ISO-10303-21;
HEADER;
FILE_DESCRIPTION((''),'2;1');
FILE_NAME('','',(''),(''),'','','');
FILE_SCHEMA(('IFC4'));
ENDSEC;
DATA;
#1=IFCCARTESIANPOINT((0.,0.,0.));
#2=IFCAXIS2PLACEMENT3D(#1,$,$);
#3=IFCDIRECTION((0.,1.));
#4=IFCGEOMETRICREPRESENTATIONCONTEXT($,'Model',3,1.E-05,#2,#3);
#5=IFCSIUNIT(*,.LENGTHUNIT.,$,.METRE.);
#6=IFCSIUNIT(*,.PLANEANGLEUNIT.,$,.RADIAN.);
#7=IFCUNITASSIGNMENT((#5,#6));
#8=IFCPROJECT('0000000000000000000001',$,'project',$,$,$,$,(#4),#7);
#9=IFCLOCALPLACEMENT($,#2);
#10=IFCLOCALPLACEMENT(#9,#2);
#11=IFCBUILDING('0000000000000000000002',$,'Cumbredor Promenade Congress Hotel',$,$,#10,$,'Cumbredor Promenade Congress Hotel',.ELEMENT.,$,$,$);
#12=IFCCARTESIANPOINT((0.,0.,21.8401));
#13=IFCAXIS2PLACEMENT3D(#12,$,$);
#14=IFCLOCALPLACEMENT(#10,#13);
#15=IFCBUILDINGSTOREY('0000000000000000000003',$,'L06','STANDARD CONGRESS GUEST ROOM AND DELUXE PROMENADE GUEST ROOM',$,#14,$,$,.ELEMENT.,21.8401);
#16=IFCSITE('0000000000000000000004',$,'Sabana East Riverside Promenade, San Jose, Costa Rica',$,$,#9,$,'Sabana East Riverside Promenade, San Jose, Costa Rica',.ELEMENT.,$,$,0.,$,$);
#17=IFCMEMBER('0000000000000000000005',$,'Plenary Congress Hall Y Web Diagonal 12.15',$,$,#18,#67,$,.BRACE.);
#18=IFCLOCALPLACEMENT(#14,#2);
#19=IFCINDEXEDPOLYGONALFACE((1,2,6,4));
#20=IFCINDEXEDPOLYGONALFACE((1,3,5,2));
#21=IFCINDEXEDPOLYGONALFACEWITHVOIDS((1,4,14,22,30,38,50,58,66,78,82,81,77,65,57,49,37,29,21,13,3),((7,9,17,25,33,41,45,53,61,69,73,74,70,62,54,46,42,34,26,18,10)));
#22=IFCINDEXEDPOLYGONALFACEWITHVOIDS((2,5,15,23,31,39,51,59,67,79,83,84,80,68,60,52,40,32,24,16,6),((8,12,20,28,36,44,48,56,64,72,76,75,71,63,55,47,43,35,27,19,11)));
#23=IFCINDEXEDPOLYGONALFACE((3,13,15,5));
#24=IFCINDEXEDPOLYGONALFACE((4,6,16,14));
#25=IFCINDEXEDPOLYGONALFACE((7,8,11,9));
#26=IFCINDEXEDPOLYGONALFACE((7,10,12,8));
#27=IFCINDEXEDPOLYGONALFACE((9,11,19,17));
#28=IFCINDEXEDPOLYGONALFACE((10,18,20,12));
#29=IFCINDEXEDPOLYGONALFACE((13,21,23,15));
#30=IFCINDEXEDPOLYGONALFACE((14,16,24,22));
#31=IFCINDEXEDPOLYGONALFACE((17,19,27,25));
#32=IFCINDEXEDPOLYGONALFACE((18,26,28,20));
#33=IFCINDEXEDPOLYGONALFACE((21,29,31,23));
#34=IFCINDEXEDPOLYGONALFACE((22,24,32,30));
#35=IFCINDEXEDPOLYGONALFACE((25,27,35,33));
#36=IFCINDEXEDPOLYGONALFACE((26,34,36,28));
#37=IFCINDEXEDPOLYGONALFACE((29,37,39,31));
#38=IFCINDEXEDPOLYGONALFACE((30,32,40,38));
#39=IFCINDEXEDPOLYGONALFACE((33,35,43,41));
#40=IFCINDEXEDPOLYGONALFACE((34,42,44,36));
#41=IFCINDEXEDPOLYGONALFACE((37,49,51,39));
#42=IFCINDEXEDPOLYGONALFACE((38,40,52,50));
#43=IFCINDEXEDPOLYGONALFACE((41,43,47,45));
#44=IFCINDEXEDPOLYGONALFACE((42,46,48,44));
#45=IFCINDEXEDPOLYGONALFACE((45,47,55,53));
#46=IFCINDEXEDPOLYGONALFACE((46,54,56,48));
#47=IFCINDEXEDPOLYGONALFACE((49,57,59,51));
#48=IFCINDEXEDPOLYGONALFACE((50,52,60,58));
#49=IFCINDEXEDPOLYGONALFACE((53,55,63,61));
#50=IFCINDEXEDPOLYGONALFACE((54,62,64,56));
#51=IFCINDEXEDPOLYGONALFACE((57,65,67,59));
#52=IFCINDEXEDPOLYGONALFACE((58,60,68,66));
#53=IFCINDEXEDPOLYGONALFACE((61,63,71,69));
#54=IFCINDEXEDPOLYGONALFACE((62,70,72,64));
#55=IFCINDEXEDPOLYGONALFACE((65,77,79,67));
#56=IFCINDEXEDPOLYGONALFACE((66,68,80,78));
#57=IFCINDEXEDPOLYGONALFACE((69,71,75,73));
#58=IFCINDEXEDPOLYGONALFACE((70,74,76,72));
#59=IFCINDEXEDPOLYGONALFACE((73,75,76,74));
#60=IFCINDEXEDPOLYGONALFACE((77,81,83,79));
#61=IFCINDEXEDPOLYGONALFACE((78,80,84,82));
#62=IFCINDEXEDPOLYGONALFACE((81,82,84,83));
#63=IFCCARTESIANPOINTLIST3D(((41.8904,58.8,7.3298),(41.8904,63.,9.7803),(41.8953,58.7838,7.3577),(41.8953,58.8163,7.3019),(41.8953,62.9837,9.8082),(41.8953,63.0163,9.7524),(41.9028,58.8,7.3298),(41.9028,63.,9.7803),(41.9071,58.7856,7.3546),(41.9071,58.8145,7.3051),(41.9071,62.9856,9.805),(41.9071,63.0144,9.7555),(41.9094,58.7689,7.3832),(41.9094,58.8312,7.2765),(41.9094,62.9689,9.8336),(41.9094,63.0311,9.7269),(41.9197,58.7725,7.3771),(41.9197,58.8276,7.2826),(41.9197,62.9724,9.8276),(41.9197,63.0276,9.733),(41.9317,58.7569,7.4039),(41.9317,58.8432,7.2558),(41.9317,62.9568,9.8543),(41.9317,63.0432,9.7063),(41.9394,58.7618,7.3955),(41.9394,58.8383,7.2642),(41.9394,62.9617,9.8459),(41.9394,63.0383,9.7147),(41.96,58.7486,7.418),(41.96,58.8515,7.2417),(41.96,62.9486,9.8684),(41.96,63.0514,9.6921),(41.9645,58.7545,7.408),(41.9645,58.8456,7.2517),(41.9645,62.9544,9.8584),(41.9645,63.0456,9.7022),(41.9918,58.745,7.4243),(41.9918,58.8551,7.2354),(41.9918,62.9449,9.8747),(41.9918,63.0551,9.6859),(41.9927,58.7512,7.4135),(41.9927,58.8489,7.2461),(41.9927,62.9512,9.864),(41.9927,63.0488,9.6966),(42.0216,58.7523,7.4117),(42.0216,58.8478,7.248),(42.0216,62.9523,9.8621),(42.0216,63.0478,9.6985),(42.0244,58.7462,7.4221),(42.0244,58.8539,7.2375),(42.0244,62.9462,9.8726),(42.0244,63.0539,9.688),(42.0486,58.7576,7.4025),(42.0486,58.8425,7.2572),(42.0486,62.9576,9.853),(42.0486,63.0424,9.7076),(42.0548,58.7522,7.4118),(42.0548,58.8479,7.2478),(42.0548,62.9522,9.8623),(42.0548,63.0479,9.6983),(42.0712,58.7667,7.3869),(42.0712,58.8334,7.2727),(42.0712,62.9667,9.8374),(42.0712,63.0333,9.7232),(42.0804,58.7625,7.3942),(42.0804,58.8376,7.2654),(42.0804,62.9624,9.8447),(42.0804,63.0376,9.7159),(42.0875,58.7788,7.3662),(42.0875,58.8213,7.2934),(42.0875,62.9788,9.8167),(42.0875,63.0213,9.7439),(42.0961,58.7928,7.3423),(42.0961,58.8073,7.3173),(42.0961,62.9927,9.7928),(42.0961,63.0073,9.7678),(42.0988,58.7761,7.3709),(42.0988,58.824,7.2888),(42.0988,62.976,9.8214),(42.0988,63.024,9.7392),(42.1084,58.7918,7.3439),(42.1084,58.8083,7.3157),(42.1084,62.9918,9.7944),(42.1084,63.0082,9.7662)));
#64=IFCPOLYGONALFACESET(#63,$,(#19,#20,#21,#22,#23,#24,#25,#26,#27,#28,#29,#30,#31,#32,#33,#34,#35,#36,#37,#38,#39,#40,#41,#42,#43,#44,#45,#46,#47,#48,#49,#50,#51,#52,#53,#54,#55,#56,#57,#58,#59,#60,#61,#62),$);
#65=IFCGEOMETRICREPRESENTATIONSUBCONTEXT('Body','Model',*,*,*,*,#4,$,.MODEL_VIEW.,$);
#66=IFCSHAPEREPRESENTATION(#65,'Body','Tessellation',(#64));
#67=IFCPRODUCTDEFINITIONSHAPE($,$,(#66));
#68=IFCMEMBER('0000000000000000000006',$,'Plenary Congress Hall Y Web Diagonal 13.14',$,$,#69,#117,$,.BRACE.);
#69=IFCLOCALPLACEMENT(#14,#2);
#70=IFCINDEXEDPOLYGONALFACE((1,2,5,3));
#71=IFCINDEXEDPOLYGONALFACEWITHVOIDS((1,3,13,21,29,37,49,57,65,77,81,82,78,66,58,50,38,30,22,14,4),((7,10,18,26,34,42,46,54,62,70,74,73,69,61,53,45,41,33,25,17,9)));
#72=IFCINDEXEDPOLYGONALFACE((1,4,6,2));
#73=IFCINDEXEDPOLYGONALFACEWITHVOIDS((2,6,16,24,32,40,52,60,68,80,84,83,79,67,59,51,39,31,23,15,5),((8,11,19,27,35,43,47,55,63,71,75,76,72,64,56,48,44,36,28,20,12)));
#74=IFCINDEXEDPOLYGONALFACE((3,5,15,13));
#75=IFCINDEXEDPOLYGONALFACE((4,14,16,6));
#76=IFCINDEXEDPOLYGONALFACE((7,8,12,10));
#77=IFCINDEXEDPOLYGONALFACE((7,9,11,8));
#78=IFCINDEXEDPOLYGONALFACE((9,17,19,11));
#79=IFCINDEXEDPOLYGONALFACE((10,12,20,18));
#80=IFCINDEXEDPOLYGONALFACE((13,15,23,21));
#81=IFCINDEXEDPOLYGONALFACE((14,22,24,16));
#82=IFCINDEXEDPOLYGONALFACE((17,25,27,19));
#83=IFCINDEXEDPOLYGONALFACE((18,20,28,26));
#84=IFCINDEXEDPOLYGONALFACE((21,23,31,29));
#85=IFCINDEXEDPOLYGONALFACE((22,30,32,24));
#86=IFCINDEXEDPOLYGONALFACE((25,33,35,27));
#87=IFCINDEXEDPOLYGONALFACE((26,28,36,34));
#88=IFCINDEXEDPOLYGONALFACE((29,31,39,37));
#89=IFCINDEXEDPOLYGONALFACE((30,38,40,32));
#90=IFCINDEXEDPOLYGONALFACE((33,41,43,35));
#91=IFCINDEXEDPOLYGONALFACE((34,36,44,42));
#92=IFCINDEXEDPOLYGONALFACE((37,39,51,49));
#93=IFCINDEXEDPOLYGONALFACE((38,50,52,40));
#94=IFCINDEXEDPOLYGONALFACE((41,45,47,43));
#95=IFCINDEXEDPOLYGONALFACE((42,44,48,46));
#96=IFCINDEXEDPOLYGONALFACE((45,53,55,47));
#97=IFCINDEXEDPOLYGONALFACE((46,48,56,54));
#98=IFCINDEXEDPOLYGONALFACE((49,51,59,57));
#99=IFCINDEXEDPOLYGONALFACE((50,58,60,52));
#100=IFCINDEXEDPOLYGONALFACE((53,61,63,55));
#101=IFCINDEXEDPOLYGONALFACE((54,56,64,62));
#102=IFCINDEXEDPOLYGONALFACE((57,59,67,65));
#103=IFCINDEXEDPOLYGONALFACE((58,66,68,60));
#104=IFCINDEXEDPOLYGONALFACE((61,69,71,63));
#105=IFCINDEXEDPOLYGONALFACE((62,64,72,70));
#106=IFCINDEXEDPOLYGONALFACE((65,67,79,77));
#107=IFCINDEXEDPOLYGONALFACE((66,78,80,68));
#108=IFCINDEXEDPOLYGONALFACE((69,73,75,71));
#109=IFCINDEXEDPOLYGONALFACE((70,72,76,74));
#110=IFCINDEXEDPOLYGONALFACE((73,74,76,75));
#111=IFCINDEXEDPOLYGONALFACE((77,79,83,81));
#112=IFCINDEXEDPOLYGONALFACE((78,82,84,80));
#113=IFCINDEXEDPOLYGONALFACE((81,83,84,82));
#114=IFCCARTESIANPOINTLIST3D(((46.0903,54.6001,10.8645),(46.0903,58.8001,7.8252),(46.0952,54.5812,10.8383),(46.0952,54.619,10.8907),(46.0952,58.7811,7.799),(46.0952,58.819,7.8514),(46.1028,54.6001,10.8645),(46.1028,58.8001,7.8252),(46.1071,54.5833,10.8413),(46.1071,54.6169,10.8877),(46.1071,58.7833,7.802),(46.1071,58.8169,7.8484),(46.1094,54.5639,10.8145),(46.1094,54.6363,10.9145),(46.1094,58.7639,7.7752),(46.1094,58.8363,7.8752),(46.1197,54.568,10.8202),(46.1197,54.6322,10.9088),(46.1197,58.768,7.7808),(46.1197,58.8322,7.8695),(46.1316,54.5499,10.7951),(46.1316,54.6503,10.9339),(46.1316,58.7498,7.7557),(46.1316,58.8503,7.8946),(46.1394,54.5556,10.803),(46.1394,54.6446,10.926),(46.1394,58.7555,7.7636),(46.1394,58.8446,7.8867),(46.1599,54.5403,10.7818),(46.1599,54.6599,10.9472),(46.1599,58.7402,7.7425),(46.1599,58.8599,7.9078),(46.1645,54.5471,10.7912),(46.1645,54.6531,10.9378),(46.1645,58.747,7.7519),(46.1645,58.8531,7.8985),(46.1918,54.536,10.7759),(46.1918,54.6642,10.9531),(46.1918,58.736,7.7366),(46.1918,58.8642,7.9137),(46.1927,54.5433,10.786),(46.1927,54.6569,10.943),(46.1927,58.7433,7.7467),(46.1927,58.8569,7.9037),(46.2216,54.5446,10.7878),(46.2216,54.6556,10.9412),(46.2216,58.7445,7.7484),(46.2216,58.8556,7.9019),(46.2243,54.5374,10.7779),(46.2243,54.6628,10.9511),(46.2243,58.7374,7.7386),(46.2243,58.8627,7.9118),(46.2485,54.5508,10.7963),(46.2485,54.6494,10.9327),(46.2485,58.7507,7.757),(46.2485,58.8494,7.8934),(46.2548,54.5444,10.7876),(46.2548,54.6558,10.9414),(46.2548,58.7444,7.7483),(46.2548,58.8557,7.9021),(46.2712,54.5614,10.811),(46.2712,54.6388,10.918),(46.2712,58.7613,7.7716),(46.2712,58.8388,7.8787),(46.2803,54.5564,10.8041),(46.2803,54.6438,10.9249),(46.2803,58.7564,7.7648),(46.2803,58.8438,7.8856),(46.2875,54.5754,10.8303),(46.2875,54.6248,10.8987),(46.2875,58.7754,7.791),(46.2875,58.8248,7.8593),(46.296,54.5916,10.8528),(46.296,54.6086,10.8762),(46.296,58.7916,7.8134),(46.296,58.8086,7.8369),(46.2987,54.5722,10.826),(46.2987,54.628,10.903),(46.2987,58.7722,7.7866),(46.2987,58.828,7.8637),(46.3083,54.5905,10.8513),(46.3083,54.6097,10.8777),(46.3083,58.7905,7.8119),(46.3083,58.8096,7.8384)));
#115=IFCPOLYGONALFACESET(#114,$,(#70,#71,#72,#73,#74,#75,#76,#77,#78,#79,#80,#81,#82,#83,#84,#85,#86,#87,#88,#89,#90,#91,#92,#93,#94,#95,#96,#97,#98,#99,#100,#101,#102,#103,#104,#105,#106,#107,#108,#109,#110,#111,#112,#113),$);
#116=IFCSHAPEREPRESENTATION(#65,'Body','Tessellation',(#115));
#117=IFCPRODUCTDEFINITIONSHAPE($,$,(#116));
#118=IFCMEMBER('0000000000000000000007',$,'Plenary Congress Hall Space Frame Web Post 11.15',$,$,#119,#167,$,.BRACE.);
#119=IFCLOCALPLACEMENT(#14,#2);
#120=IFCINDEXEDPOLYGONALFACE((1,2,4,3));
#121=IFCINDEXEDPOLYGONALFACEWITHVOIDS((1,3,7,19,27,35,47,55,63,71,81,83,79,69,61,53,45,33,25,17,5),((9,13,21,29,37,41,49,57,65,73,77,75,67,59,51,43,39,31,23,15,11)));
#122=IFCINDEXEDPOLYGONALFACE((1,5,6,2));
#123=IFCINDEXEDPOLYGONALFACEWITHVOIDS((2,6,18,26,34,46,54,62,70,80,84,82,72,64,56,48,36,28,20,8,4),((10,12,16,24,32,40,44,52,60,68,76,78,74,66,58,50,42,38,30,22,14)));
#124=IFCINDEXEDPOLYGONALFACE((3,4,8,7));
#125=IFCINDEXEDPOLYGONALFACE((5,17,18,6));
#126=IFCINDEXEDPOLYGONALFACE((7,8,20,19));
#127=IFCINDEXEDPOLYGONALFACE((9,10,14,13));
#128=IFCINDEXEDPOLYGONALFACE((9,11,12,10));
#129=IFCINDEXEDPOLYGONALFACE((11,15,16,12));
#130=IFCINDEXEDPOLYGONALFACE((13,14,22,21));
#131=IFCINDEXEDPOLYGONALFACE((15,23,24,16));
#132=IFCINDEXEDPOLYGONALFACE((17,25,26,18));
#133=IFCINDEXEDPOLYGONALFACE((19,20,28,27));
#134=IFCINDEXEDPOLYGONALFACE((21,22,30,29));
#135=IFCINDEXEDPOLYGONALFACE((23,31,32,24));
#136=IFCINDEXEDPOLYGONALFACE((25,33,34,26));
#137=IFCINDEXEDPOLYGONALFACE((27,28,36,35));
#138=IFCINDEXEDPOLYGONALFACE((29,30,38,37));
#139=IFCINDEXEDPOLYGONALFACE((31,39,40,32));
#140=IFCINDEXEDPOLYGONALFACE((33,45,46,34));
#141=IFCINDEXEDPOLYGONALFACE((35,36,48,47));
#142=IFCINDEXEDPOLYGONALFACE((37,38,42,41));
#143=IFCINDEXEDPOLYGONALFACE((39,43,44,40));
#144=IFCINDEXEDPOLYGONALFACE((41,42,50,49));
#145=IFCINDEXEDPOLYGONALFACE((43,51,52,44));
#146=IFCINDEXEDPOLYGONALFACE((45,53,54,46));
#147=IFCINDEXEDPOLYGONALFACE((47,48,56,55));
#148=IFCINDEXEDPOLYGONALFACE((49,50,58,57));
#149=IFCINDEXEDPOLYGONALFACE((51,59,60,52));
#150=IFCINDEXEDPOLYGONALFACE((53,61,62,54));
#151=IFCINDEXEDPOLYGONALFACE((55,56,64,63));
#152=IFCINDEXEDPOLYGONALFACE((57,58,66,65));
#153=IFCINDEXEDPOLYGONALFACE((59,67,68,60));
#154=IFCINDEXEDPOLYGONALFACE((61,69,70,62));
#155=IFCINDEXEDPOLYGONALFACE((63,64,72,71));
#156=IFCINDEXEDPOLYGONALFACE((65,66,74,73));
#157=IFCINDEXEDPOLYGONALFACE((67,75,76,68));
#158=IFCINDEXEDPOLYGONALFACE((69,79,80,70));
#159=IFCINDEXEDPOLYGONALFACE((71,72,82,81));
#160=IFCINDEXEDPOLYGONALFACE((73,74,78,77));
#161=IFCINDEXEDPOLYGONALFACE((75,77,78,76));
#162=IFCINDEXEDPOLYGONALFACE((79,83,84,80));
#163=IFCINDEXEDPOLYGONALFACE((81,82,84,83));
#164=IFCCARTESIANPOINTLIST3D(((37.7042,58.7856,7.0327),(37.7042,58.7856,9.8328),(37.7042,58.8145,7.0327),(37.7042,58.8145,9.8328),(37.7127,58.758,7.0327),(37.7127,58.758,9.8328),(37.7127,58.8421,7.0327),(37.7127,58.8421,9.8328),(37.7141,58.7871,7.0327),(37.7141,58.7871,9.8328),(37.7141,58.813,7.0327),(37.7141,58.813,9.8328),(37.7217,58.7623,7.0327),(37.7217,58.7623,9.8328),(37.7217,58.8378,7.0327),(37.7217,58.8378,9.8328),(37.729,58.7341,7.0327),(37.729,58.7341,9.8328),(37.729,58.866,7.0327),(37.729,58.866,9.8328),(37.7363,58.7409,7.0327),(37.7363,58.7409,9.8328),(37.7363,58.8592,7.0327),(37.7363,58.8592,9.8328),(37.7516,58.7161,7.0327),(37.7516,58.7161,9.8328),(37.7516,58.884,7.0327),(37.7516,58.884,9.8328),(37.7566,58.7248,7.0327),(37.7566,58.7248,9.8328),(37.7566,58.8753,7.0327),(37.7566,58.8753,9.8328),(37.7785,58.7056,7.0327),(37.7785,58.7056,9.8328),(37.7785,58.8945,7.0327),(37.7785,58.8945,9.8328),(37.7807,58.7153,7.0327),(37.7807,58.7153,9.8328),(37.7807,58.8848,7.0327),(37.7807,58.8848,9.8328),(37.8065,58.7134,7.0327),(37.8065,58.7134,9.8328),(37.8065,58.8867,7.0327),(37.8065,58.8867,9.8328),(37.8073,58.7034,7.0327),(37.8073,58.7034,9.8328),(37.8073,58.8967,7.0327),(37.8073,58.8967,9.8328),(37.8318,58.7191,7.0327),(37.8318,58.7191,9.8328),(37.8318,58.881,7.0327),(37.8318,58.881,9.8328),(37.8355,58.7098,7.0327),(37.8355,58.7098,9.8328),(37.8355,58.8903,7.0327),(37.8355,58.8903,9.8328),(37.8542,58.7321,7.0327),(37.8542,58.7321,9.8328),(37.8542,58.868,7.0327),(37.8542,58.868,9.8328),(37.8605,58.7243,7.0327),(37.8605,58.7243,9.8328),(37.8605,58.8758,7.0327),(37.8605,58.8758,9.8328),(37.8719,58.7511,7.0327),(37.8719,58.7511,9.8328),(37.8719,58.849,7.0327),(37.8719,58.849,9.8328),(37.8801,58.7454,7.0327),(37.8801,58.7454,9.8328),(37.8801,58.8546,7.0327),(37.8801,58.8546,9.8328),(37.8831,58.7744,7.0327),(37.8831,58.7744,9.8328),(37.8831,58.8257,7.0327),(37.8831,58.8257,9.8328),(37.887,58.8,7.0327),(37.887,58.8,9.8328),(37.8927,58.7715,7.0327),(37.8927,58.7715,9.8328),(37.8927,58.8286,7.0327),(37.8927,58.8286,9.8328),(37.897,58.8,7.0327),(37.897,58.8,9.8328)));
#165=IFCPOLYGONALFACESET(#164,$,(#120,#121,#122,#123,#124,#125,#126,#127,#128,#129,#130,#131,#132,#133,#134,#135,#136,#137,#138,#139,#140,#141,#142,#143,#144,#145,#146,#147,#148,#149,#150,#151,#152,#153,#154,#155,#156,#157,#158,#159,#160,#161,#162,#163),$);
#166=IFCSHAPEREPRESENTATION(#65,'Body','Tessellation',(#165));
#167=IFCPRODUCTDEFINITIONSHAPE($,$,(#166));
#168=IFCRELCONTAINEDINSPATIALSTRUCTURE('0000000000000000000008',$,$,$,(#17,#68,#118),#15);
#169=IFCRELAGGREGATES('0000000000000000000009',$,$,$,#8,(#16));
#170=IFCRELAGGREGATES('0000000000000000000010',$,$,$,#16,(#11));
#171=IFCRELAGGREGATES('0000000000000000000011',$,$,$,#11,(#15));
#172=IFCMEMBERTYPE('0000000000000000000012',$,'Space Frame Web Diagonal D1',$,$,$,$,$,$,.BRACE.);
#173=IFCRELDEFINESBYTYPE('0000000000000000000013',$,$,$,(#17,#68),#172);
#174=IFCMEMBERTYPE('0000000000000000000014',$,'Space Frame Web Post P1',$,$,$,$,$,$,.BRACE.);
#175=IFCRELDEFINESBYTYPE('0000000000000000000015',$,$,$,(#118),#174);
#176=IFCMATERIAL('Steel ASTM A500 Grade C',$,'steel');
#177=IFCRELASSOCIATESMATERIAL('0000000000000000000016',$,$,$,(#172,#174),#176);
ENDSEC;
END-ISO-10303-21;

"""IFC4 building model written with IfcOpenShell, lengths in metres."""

from ifc_helpers import new_model, si_unit, direction, frame, origin, origin_2d, place, context, subcontext, project, spatial, hollow_circle, extrude, material, material_profile, profile_set, type_object, element, save


model = new_model("IFC4")

# Units and contexts
model_context = context("Model", 3, precision=1e-05, world=origin(), true_north=direction((0.0, 1.0)))
body_context = subcontext(model_context, "Body", "Model", "MODEL_VIEW")
ifc_project = project(units=[si_unit("LENGTHUNIT", "METRE"), si_unit("PLANEANGLEUNIT", "RADIAN")], contexts=[model_context])

# Site, building, storey
site_placement = place(None, origin())
site = spatial("IfcSite", under=ifc_project, at=site_placement, Name="Sabana East Riverside Promenade, San Jose, Costa Rica", LongName="Sabana East Riverside Promenade, San Jose, Costa Rica", CompositionType="ELEMENT", RefElevation=0.0)
building_placement = place(site_placement, origin())
building = spatial("IfcBuilding", under=site, at=building_placement, Name="Cumbredor Promenade Congress Hotel", LongName="Cumbredor Promenade Congress Hotel", CompositionType="ELEMENT")
storey_placement = place(building_placement, frame((0.0, 0.0, 21.8401)))
storey = spatial("IfcBuildingStorey", under=building, at=storey_placement, Name="L06", Description="STANDARD CONGRESS GUEST ROOM AND DELUXE PROMENADE GUEST ROOM", CompositionType="ELEMENT", Elevation=21.8401)

# Members
ifc_material_1 = material(Name="Steel ASTM A500 Grade C", Category="steel")
ifc_material_profile_1 = material_profile(ifc_material_1, hollow_circle(Radius=0.1096, WallThickness=0.0125, at=origin_2d()), Name="CHS 219.1x12.5")
ifc_profile_set_1 = profile_set([ifc_material_profile_1], Name="Steel ASTM A500 Grade C")
member_type_1 = type_object("IfcMemberType", Name="Space Frame Web Diagonal D1", PredefinedType="BRACE", material=ifc_profile_set_1)
member_1_placement = place(storey_placement, frame((42.0, 58.8, 7.3298), z_axis=(0.0, 0.863737, 0.503943), x_axis=(-1.0, 0.0, 0.0)))
element("IfcMember", 1, at=member_1_placement, inside=storey, type_object=member_type_1, Name="Plenary Congress Hall Y Web Diagonal 12.15", PredefinedType="BRACE", context=body_context, shape_type="SweptSolid", body=[
    extrude(hollow_circle(Radius=0.1096, WallThickness=0.0125, at=origin_2d()), origin(), (0.0, 0.0, 1.0), 4.8625),
])
member_2_placement = place(storey_placement, frame((46.2, 54.6001, 10.8645), z_axis=(0.0, 0.810129, -0.586252), x_axis=(-1.0, 0.0, 0.0)))
element("IfcMember", 2, at=member_2_placement, inside=storey, type_object=member_type_1, Name="Plenary Congress Hall Y Web Diagonal 13.14", PredefinedType="BRACE", context=body_context, shape_type="SweptSolid", body=[
    extrude(hollow_circle(Radius=0.1096, WallThickness=0.0125, at=origin_2d()), origin(), (0.0, 0.0, 1.0), 5.1843),
])
ifc_material_profile_2 = material_profile(ifc_material_1, hollow_circle(Radius=0.0969, WallThickness=0.01, at=origin_2d()), Name="CHS 193.7x10")
ifc_profile_set_2 = profile_set([ifc_material_profile_2], Name="Steel ASTM A500 Grade C")
member_type_2 = type_object("IfcMemberType", Name="Space Frame Web Post P1", PredefinedType="BRACE", material=ifc_profile_set_2)
for number, where, z_axis, x_axis, name in (
    (3, (37.8, 58.8, 7.0327), (0.0, 0.0, 1.0), (1.0, 0.0, 0.0), "Plenary Congress Hall Space Frame Web Post 11.15"),
):
    element("IfcMember", number, at=place(storey_placement, frame(where, z_axis=z_axis, x_axis=x_axis)), inside=storey, type_object=member_type_2, Name=name, PredefinedType="BRACE", context=body_context, shape_type="SweptSolid", body=[
        extrude(hollow_circle(Radius=0.0969, WallThickness=0.01, at=origin_2d()), origin(), (0.0, 0.0, 1.0), 2.8),
    ])

save(model, "model.ifc")
